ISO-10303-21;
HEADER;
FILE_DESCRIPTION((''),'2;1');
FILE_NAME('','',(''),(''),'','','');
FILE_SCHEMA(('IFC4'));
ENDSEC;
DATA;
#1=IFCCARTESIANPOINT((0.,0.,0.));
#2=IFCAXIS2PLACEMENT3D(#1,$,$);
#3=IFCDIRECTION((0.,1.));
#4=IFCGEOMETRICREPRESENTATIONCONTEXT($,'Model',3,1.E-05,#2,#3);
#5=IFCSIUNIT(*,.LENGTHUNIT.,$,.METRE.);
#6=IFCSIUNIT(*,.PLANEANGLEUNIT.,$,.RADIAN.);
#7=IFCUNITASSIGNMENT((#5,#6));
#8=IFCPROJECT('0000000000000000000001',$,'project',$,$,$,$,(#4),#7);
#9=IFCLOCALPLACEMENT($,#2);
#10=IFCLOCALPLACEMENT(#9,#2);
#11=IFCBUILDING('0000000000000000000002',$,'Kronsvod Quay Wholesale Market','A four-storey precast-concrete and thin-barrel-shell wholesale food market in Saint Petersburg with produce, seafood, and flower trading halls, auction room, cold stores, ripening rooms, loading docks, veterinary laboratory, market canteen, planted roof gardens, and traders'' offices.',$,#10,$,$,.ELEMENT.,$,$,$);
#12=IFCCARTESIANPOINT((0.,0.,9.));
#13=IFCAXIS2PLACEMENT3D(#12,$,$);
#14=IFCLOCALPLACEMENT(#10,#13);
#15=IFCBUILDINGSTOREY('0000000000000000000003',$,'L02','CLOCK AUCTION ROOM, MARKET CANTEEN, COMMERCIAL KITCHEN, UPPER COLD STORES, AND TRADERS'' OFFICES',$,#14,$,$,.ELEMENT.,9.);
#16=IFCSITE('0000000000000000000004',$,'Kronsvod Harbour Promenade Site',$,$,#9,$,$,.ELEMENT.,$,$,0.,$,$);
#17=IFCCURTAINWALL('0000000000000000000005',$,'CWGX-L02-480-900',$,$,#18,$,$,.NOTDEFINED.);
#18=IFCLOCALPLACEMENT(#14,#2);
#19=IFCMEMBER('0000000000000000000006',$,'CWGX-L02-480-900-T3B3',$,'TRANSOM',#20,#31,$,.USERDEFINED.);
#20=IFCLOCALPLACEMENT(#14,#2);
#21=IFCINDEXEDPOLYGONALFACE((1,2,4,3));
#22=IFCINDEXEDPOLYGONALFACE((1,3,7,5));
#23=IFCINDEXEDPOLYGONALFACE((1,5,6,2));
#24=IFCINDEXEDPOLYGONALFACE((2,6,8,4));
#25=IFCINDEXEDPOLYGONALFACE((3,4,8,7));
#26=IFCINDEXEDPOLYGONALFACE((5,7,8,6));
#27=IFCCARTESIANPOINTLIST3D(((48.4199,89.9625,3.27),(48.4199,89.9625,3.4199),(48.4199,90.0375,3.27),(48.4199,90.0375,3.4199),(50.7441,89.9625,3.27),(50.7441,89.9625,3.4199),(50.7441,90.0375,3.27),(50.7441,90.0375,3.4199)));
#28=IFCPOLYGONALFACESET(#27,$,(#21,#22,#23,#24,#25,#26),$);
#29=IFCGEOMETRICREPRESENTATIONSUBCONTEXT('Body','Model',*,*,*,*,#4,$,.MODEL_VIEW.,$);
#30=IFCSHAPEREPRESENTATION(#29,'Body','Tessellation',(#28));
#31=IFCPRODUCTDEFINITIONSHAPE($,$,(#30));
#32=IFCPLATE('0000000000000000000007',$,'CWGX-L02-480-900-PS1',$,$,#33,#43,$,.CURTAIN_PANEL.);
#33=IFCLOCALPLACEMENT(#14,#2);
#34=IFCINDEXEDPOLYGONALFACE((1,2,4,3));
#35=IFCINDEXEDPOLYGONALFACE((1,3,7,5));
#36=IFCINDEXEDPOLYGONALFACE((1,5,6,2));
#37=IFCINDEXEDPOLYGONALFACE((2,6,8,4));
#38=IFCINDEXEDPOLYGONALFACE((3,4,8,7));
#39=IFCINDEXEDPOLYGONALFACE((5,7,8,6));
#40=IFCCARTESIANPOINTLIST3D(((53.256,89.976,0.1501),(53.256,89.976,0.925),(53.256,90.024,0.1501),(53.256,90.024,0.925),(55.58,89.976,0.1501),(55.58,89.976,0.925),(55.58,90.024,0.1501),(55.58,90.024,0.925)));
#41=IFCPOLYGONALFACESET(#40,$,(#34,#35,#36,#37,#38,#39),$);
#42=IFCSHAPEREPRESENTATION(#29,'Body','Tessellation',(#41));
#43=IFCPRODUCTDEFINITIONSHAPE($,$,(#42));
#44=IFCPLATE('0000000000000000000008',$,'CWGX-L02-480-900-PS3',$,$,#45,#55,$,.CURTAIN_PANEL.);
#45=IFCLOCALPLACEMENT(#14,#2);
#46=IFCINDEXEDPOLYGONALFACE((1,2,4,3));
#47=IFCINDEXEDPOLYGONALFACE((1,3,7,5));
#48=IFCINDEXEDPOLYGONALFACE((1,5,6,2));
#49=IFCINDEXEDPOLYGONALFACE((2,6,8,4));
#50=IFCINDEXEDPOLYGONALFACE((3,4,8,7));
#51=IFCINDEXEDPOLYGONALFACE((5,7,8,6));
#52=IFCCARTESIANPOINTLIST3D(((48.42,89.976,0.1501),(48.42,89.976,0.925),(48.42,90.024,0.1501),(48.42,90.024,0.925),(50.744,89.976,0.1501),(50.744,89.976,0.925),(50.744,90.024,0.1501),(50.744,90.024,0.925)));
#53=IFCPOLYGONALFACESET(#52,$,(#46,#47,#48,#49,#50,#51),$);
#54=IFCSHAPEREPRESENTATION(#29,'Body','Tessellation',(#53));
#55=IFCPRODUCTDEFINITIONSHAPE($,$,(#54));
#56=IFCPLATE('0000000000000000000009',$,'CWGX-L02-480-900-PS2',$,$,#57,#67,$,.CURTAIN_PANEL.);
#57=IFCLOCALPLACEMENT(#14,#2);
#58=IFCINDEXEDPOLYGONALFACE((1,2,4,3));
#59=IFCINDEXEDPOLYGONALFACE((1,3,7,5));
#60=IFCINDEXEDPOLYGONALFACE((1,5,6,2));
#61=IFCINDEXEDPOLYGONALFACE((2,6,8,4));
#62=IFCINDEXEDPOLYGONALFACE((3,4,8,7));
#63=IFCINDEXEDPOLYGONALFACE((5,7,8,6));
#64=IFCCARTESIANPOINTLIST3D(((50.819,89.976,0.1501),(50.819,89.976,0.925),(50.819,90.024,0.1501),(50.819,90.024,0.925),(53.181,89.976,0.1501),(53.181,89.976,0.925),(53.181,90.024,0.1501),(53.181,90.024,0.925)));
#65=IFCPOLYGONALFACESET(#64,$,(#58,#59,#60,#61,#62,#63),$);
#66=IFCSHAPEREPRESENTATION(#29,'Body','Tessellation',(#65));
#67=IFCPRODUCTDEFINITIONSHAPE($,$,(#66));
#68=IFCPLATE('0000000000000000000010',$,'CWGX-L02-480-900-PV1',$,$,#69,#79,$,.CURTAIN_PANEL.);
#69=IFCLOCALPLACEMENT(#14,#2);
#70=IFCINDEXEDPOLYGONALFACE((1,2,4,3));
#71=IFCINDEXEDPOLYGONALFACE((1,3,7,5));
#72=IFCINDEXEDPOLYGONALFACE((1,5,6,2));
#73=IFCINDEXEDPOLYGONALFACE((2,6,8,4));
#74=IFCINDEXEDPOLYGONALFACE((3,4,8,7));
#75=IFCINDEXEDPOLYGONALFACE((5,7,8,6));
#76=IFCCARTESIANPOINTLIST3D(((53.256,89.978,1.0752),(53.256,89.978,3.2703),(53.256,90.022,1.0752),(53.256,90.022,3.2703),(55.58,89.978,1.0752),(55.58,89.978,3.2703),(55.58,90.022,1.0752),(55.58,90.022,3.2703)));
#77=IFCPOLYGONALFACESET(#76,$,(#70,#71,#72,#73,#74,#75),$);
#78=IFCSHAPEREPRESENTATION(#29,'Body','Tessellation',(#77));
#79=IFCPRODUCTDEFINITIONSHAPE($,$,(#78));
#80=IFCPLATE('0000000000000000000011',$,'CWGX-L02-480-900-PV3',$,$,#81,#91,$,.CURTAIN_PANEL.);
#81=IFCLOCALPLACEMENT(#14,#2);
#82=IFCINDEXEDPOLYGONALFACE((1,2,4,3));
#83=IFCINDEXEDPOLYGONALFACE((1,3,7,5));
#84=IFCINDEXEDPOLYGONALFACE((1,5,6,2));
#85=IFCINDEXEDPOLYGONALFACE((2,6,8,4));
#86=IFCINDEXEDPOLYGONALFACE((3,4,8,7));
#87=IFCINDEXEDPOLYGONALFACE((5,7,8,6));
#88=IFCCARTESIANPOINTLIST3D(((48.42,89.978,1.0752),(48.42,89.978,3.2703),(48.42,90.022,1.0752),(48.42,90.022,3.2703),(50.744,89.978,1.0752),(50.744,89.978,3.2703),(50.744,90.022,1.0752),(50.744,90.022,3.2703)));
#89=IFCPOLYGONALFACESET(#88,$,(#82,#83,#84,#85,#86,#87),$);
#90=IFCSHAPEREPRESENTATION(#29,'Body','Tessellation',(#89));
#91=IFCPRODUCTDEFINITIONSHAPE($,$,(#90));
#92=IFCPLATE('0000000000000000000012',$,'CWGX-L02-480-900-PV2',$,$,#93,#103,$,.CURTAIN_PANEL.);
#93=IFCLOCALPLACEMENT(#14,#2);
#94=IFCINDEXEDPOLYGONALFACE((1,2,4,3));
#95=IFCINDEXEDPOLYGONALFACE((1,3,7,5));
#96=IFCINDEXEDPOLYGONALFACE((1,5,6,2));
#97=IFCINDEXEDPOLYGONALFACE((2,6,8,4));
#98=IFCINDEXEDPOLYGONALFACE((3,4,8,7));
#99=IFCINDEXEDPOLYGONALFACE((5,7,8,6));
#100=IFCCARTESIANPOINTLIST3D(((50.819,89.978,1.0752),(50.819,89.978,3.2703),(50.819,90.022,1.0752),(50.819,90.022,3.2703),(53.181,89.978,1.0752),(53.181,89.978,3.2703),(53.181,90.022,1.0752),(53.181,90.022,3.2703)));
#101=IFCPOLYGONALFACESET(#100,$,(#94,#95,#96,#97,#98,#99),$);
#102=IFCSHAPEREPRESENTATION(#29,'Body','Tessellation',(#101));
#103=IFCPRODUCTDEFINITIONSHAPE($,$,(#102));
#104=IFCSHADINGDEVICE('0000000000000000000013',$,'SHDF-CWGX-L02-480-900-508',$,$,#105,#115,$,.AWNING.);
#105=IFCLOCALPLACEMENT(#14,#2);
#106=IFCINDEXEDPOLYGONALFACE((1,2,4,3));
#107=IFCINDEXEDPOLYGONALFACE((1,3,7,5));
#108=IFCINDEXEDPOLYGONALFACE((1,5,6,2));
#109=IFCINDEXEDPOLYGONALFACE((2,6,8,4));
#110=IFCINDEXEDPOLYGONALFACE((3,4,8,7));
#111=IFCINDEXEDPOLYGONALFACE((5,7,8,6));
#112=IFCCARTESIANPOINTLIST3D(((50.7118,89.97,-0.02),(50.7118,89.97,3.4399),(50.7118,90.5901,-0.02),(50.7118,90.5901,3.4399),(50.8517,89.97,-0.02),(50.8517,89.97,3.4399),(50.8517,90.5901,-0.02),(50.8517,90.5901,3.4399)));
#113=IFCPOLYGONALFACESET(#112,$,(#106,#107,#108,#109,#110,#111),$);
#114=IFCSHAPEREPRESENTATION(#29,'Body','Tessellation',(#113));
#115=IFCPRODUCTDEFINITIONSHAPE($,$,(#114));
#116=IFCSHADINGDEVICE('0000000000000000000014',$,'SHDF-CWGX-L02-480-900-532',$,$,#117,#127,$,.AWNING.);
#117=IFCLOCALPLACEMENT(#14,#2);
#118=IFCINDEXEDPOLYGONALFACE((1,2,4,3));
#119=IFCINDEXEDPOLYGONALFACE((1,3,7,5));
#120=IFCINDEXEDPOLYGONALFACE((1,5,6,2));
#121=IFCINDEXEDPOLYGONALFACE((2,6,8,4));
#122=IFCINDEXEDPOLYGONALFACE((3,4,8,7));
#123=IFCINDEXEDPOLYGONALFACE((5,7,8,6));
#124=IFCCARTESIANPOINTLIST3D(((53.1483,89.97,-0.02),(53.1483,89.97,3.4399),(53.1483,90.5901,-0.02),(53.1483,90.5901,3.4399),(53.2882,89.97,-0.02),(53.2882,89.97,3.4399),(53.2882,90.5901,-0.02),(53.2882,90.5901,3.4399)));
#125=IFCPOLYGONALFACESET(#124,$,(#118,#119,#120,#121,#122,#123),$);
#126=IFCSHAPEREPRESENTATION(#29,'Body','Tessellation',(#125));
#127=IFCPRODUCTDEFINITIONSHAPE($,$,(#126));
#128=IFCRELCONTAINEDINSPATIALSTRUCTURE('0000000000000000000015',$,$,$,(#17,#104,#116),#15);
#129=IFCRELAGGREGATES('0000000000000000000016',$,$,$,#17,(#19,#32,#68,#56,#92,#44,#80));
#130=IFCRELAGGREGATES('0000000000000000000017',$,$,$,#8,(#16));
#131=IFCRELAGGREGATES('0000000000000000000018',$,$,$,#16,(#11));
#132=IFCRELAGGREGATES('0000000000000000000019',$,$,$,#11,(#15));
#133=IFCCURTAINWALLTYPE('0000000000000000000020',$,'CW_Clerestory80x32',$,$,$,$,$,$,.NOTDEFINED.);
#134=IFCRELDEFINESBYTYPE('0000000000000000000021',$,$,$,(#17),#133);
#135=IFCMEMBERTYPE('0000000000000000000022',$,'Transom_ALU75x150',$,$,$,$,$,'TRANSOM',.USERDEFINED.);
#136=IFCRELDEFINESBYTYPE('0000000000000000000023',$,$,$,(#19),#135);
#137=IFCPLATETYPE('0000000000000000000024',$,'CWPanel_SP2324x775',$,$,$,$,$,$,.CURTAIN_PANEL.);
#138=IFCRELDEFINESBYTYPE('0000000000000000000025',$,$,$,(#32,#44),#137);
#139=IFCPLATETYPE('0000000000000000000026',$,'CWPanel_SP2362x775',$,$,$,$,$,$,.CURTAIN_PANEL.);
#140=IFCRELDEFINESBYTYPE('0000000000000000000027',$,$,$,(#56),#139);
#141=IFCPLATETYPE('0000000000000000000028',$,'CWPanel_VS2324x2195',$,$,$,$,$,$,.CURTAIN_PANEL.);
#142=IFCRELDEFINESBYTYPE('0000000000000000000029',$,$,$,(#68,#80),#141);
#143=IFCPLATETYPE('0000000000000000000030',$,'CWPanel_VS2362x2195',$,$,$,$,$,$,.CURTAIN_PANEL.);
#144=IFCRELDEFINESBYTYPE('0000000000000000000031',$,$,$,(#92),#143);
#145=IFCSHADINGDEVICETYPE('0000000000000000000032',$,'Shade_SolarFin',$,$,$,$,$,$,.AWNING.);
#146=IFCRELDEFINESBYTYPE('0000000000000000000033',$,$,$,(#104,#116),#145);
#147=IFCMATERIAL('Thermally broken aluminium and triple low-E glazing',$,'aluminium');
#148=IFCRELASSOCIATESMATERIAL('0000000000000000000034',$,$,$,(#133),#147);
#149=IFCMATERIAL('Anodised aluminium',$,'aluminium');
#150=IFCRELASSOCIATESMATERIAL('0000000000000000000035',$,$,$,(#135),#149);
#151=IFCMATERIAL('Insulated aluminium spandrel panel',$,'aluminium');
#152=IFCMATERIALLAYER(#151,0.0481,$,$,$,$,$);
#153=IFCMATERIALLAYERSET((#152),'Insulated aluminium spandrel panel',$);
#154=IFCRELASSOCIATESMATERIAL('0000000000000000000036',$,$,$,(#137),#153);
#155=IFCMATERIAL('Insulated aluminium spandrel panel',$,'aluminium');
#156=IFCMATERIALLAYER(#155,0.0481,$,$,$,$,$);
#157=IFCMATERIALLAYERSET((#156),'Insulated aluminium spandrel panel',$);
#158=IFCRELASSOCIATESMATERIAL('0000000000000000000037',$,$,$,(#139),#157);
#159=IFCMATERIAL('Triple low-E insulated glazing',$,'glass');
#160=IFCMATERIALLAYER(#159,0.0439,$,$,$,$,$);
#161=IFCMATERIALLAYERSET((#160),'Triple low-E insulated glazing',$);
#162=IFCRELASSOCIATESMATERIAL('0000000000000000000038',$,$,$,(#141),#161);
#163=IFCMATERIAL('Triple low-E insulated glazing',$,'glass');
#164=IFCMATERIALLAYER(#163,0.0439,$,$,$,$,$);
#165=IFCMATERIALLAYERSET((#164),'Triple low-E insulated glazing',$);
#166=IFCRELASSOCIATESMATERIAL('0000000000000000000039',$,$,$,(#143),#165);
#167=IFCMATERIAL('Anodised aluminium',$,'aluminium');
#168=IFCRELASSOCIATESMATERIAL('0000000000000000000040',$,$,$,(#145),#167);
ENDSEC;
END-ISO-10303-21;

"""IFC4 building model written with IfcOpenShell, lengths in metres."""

from ifc_helpers import new_model, si_unit, direction, frame, origin, origin_2d, place, context, subcontext, project, spatial, rectangle, extrude, material, layer, layer_set, material_profile, profile_set, type_object, element, aggregate, save


model = new_model("IFC4")

# Units and contexts
model_context = context("Model", 3, precision=1e-05, world=origin(), true_north=direction((0.0, 1.0)))
body_context = subcontext(model_context, "Body", "Model", "MODEL_VIEW")
ifc_project = project(units=[si_unit("LENGTHUNIT", "METRE"), si_unit("PLANEANGLEUNIT", "RADIAN")], contexts=[model_context])

# Site, building, storey
site_placement = place(None, origin())
site = spatial("IfcSite", under=ifc_project, at=site_placement, Name="Kronsvod Harbour Promenade Site", CompositionType="ELEMENT", RefElevation=0.0)
building_placement = place(site_placement, origin())
building = spatial("IfcBuilding", under=site, at=building_placement, Name="Kronsvod Quay Wholesale Market", Description="A four-storey precast-concrete and thin-barrel-shell wholesale food market in Saint Petersburg with produce, seafood, and flower trading halls, auction room, cold stores, ripening rooms, loading docks, veterinary laboratory, market canteen, planted roof gardens, and traders' offices.", CompositionType="ELEMENT")
storey_placement = place(building_placement, frame((0.0, 0.0, 9.0)))
storey = spatial("IfcBuildingStorey", under=building, at=storey_placement, Name="L02", Description="CLOCK AUCTION ROOM, MARKET CANTEEN, COMMERCIAL KITCHEN, UPPER COLD STORES, AND TRADERS' OFFICES", CompositionType="ELEMENT", Elevation=9.0)

# Curtain wall, member, plates
ifc_material_1 = material(Name="Thermally broken aluminium and triple low-E glazing", Category="aluminium")
curtain_wall_type = type_object("IfcCurtainWallType", Name="CW_Clerestory80x32", PredefinedType="NOTDEFINED", material=ifc_material_1)
curtain_wall_placement = place(storey_placement, origin())
curtain_wall = element("IfcCurtainWall", 1, at=curtain_wall_placement, inside=storey, type_object=curtain_wall_type, Name="CWGX-L02-480-900", PredefinedType="NOTDEFINED")
ifc_material_2 = material(Name="Anodised aluminium", Category="aluminium")
ifc_material_profile_1 = material_profile(ifc_material_2, rectangle(XDim=0.075, YDim=0.1499, at=origin_2d()), Name="ALUT75x150")
ifc_profile_set_1 = profile_set([ifc_material_profile_1], Name="Anodised aluminium")
member_type_1 = type_object("IfcMemberType", Name="Transom_ALU75x150", ElementType="TRANSOM", PredefinedType="USERDEFINED", material=ifc_profile_set_1)
member_1_placement = place(storey_placement, frame((50.7441, 90.0, 3.345), z_axis=(-1.0, 0.0, 0.0), x_axis=(0.0, -1.0, 0.0)))
member_1 = element("IfcMember", 2, at=member_1_placement, type_object=member_type_1, Name="CWGX-L02-480-900-T3B3", ObjectType="TRANSOM", PredefinedType="USERDEFINED", context=body_context, shape_type="SweptSolid", body=[
    extrude(rectangle(XDim=0.075, YDim=0.1499, at=origin_2d()), origin(), (0.0, 0.0, 1.0), 2.3242),
])
ifc_material_3 = material(Name="Insulated aluminium spandrel panel", Category="aluminium")
ifc_layer_1 = layer(ifc_material_3, 0.0481)
ifc_layer_set_1 = layer_set([ifc_layer_1], Name="Insulated aluminium spandrel panel")
plate_type_1 = type_object("IfcPlateType", Name="CWPanel_SP2324x775", PredefinedType="CURTAIN_PANEL", material=ifc_layer_set_1)
plate_1_placement = place(storey_placement, frame((54.418, 90.0, 0.1501), z_axis=(0.0, 0.0, 1.0), x_axis=(-1.0, 0.0, 0.0)))
plate_1 = element("IfcPlate", 3, at=plate_1_placement, type_object=plate_type_1, Name="CWGX-L02-480-900-PS1", PredefinedType="CURTAIN_PANEL", context=body_context, shape_type="SweptSolid", body=[
    extrude(rectangle(XDim=2.324, YDim=0.0481, at=origin_2d()), origin(), (0.0, 0.0, 1.0), 0.7749),
])
plate_2_placement = place(storey_placement, frame((49.582, 90.0, 0.1501), z_axis=(0.0, 0.0, 1.0), x_axis=(-1.0, 0.0, 0.0)))
plate_2 = element("IfcPlate", 4, at=plate_2_placement, type_object=plate_type_1, Name="CWGX-L02-480-900-PS3", PredefinedType="CURTAIN_PANEL", context=body_context, shape_type="SweptSolid", body=[
    extrude(rectangle(XDim=2.324, YDim=0.0481, at=origin_2d()), origin(), (0.0, 0.0, 1.0), 0.7749),
])
ifc_material_4 = material(Name="Insulated aluminium spandrel panel", Category="aluminium")
ifc_layer_2 = layer(ifc_material_4, 0.0481)
ifc_layer_set_2 = layer_set([ifc_layer_2], Name="Insulated aluminium spandrel panel")
plate_type_2 = type_object("IfcPlateType", Name="CWPanel_SP2362x775", PredefinedType="CURTAIN_PANEL", material=ifc_layer_set_2)
plate_3_placement = place(storey_placement, frame((52.0, 90.0, 0.1501), z_axis=(0.0, 0.0, 1.0), x_axis=(-1.0, 0.0, 0.0)))
plate_3 = element("IfcPlate", 5, at=plate_3_placement, type_object=plate_type_2, Name="CWGX-L02-480-900-PS2", PredefinedType="CURTAIN_PANEL", context=body_context, shape_type="SweptSolid", body=[
    extrude(rectangle(XDim=2.3621, YDim=0.0481, at=origin_2d()), origin(), (0.0, 0.0, 1.0), 0.7749),
])
ifc_material_5 = material(Name="Triple low-E insulated glazing", Category="glass")
ifc_layer_3 = layer(ifc_material_5, 0.0439)
ifc_layer_set_3 = layer_set([ifc_layer_3], Name="Triple low-E insulated glazing")
plate_type_3 = type_object("IfcPlateType", Name="CWPanel_VS2324x2195", PredefinedType="CURTAIN_PANEL", material=ifc_layer_set_3)
plate_4_placement = place(storey_placement, frame((54.418, 90.0, 1.0752), z_axis=(0.0, 0.0, 1.0), x_axis=(-1.0, 0.0, 0.0)))
plate_4 = element("IfcPlate", 6, at=plate_4_placement, type_object=plate_type_3, Name="CWGX-L02-480-900-PV1", PredefinedType="CURTAIN_PANEL", context=body_context, shape_type="SweptSolid", body=[
    extrude(rectangle(XDim=2.324, YDim=0.0439, at=origin_2d()), origin(), (0.0, 0.0, 1.0), 2.1951),
])
plate_5_placement = place(storey_placement, frame((49.582, 90.0, 1.0752), z_axis=(0.0, 0.0, 1.0), x_axis=(-1.0, 0.0, 0.0)))
plate_5 = element("IfcPlate", 7, at=plate_5_placement, type_object=plate_type_3, Name="CWGX-L02-480-900-PV3", PredefinedType="CURTAIN_PANEL", context=body_context, shape_type="SweptSolid", body=[
    extrude(rectangle(XDim=2.324, YDim=0.0439, at=origin_2d()), origin(), (0.0, 0.0, 1.0), 2.1951),
])
ifc_material_6 = material(Name="Triple low-E insulated glazing", Category="glass")
ifc_layer_4 = layer(ifc_material_6, 0.0439)
ifc_layer_set_4 = layer_set([ifc_layer_4], Name="Triple low-E insulated glazing")
plate_type_4 = type_object("IfcPlateType", Name="CWPanel_VS2362x2195", PredefinedType="CURTAIN_PANEL", material=ifc_layer_set_4)
plate_6_placement = place(storey_placement, frame((52.0, 90.0, 1.0752), z_axis=(0.0, 0.0, 1.0), x_axis=(-1.0, 0.0, 0.0)))
plate_6 = element("IfcPlate", 8, at=plate_6_placement, type_object=plate_type_4, Name="CWGX-L02-480-900-PV2", PredefinedType="CURTAIN_PANEL", context=body_context, shape_type="SweptSolid", body=[
    extrude(rectangle(XDim=2.3621, YDim=0.0439, at=origin_2d()), origin(), (0.0, 0.0, 1.0), 2.1951),
])
aggregate(curtain_wall, [member_1, plate_1, plate_4, plate_3, plate_6, plate_2, plate_5])

# Shading devices
ifc_material_7 = material(Name="Anodised aluminium", Category="aluminium")
shading_device_type = type_object("IfcShadingDeviceType", Name="Shade_SolarFin", PredefinedType="AWNING", material=ifc_material_7)
for number, where, z_axis, x_axis, name in (
    (9, (50.7817, 90.28, -0.02), (0.0, 0.0, 1.0), (1.0, 0.0, 0.0), "SHDF-CWGX-L02-480-900-508"),
    (10, (53.2183, 90.28, -0.02), (0.0, 0.0, 1.0), (1.0, 0.0, 0.0), "SHDF-CWGX-L02-480-900-532"),
):
    element("IfcShadingDevice", number, at=place(storey_placement, frame(where, z_axis=z_axis, x_axis=x_axis)), inside=storey, type_object=shading_device_type, Name=name, PredefinedType="AWNING", context=body_context, shape_type="SweptSolid", body=[
        extrude(rectangle(XDim=0.1399, YDim=0.6201, at=origin_2d()), origin(), (0.0, 0.0, 1.0), 3.46),
    ])

save(model, "model.ifc")
